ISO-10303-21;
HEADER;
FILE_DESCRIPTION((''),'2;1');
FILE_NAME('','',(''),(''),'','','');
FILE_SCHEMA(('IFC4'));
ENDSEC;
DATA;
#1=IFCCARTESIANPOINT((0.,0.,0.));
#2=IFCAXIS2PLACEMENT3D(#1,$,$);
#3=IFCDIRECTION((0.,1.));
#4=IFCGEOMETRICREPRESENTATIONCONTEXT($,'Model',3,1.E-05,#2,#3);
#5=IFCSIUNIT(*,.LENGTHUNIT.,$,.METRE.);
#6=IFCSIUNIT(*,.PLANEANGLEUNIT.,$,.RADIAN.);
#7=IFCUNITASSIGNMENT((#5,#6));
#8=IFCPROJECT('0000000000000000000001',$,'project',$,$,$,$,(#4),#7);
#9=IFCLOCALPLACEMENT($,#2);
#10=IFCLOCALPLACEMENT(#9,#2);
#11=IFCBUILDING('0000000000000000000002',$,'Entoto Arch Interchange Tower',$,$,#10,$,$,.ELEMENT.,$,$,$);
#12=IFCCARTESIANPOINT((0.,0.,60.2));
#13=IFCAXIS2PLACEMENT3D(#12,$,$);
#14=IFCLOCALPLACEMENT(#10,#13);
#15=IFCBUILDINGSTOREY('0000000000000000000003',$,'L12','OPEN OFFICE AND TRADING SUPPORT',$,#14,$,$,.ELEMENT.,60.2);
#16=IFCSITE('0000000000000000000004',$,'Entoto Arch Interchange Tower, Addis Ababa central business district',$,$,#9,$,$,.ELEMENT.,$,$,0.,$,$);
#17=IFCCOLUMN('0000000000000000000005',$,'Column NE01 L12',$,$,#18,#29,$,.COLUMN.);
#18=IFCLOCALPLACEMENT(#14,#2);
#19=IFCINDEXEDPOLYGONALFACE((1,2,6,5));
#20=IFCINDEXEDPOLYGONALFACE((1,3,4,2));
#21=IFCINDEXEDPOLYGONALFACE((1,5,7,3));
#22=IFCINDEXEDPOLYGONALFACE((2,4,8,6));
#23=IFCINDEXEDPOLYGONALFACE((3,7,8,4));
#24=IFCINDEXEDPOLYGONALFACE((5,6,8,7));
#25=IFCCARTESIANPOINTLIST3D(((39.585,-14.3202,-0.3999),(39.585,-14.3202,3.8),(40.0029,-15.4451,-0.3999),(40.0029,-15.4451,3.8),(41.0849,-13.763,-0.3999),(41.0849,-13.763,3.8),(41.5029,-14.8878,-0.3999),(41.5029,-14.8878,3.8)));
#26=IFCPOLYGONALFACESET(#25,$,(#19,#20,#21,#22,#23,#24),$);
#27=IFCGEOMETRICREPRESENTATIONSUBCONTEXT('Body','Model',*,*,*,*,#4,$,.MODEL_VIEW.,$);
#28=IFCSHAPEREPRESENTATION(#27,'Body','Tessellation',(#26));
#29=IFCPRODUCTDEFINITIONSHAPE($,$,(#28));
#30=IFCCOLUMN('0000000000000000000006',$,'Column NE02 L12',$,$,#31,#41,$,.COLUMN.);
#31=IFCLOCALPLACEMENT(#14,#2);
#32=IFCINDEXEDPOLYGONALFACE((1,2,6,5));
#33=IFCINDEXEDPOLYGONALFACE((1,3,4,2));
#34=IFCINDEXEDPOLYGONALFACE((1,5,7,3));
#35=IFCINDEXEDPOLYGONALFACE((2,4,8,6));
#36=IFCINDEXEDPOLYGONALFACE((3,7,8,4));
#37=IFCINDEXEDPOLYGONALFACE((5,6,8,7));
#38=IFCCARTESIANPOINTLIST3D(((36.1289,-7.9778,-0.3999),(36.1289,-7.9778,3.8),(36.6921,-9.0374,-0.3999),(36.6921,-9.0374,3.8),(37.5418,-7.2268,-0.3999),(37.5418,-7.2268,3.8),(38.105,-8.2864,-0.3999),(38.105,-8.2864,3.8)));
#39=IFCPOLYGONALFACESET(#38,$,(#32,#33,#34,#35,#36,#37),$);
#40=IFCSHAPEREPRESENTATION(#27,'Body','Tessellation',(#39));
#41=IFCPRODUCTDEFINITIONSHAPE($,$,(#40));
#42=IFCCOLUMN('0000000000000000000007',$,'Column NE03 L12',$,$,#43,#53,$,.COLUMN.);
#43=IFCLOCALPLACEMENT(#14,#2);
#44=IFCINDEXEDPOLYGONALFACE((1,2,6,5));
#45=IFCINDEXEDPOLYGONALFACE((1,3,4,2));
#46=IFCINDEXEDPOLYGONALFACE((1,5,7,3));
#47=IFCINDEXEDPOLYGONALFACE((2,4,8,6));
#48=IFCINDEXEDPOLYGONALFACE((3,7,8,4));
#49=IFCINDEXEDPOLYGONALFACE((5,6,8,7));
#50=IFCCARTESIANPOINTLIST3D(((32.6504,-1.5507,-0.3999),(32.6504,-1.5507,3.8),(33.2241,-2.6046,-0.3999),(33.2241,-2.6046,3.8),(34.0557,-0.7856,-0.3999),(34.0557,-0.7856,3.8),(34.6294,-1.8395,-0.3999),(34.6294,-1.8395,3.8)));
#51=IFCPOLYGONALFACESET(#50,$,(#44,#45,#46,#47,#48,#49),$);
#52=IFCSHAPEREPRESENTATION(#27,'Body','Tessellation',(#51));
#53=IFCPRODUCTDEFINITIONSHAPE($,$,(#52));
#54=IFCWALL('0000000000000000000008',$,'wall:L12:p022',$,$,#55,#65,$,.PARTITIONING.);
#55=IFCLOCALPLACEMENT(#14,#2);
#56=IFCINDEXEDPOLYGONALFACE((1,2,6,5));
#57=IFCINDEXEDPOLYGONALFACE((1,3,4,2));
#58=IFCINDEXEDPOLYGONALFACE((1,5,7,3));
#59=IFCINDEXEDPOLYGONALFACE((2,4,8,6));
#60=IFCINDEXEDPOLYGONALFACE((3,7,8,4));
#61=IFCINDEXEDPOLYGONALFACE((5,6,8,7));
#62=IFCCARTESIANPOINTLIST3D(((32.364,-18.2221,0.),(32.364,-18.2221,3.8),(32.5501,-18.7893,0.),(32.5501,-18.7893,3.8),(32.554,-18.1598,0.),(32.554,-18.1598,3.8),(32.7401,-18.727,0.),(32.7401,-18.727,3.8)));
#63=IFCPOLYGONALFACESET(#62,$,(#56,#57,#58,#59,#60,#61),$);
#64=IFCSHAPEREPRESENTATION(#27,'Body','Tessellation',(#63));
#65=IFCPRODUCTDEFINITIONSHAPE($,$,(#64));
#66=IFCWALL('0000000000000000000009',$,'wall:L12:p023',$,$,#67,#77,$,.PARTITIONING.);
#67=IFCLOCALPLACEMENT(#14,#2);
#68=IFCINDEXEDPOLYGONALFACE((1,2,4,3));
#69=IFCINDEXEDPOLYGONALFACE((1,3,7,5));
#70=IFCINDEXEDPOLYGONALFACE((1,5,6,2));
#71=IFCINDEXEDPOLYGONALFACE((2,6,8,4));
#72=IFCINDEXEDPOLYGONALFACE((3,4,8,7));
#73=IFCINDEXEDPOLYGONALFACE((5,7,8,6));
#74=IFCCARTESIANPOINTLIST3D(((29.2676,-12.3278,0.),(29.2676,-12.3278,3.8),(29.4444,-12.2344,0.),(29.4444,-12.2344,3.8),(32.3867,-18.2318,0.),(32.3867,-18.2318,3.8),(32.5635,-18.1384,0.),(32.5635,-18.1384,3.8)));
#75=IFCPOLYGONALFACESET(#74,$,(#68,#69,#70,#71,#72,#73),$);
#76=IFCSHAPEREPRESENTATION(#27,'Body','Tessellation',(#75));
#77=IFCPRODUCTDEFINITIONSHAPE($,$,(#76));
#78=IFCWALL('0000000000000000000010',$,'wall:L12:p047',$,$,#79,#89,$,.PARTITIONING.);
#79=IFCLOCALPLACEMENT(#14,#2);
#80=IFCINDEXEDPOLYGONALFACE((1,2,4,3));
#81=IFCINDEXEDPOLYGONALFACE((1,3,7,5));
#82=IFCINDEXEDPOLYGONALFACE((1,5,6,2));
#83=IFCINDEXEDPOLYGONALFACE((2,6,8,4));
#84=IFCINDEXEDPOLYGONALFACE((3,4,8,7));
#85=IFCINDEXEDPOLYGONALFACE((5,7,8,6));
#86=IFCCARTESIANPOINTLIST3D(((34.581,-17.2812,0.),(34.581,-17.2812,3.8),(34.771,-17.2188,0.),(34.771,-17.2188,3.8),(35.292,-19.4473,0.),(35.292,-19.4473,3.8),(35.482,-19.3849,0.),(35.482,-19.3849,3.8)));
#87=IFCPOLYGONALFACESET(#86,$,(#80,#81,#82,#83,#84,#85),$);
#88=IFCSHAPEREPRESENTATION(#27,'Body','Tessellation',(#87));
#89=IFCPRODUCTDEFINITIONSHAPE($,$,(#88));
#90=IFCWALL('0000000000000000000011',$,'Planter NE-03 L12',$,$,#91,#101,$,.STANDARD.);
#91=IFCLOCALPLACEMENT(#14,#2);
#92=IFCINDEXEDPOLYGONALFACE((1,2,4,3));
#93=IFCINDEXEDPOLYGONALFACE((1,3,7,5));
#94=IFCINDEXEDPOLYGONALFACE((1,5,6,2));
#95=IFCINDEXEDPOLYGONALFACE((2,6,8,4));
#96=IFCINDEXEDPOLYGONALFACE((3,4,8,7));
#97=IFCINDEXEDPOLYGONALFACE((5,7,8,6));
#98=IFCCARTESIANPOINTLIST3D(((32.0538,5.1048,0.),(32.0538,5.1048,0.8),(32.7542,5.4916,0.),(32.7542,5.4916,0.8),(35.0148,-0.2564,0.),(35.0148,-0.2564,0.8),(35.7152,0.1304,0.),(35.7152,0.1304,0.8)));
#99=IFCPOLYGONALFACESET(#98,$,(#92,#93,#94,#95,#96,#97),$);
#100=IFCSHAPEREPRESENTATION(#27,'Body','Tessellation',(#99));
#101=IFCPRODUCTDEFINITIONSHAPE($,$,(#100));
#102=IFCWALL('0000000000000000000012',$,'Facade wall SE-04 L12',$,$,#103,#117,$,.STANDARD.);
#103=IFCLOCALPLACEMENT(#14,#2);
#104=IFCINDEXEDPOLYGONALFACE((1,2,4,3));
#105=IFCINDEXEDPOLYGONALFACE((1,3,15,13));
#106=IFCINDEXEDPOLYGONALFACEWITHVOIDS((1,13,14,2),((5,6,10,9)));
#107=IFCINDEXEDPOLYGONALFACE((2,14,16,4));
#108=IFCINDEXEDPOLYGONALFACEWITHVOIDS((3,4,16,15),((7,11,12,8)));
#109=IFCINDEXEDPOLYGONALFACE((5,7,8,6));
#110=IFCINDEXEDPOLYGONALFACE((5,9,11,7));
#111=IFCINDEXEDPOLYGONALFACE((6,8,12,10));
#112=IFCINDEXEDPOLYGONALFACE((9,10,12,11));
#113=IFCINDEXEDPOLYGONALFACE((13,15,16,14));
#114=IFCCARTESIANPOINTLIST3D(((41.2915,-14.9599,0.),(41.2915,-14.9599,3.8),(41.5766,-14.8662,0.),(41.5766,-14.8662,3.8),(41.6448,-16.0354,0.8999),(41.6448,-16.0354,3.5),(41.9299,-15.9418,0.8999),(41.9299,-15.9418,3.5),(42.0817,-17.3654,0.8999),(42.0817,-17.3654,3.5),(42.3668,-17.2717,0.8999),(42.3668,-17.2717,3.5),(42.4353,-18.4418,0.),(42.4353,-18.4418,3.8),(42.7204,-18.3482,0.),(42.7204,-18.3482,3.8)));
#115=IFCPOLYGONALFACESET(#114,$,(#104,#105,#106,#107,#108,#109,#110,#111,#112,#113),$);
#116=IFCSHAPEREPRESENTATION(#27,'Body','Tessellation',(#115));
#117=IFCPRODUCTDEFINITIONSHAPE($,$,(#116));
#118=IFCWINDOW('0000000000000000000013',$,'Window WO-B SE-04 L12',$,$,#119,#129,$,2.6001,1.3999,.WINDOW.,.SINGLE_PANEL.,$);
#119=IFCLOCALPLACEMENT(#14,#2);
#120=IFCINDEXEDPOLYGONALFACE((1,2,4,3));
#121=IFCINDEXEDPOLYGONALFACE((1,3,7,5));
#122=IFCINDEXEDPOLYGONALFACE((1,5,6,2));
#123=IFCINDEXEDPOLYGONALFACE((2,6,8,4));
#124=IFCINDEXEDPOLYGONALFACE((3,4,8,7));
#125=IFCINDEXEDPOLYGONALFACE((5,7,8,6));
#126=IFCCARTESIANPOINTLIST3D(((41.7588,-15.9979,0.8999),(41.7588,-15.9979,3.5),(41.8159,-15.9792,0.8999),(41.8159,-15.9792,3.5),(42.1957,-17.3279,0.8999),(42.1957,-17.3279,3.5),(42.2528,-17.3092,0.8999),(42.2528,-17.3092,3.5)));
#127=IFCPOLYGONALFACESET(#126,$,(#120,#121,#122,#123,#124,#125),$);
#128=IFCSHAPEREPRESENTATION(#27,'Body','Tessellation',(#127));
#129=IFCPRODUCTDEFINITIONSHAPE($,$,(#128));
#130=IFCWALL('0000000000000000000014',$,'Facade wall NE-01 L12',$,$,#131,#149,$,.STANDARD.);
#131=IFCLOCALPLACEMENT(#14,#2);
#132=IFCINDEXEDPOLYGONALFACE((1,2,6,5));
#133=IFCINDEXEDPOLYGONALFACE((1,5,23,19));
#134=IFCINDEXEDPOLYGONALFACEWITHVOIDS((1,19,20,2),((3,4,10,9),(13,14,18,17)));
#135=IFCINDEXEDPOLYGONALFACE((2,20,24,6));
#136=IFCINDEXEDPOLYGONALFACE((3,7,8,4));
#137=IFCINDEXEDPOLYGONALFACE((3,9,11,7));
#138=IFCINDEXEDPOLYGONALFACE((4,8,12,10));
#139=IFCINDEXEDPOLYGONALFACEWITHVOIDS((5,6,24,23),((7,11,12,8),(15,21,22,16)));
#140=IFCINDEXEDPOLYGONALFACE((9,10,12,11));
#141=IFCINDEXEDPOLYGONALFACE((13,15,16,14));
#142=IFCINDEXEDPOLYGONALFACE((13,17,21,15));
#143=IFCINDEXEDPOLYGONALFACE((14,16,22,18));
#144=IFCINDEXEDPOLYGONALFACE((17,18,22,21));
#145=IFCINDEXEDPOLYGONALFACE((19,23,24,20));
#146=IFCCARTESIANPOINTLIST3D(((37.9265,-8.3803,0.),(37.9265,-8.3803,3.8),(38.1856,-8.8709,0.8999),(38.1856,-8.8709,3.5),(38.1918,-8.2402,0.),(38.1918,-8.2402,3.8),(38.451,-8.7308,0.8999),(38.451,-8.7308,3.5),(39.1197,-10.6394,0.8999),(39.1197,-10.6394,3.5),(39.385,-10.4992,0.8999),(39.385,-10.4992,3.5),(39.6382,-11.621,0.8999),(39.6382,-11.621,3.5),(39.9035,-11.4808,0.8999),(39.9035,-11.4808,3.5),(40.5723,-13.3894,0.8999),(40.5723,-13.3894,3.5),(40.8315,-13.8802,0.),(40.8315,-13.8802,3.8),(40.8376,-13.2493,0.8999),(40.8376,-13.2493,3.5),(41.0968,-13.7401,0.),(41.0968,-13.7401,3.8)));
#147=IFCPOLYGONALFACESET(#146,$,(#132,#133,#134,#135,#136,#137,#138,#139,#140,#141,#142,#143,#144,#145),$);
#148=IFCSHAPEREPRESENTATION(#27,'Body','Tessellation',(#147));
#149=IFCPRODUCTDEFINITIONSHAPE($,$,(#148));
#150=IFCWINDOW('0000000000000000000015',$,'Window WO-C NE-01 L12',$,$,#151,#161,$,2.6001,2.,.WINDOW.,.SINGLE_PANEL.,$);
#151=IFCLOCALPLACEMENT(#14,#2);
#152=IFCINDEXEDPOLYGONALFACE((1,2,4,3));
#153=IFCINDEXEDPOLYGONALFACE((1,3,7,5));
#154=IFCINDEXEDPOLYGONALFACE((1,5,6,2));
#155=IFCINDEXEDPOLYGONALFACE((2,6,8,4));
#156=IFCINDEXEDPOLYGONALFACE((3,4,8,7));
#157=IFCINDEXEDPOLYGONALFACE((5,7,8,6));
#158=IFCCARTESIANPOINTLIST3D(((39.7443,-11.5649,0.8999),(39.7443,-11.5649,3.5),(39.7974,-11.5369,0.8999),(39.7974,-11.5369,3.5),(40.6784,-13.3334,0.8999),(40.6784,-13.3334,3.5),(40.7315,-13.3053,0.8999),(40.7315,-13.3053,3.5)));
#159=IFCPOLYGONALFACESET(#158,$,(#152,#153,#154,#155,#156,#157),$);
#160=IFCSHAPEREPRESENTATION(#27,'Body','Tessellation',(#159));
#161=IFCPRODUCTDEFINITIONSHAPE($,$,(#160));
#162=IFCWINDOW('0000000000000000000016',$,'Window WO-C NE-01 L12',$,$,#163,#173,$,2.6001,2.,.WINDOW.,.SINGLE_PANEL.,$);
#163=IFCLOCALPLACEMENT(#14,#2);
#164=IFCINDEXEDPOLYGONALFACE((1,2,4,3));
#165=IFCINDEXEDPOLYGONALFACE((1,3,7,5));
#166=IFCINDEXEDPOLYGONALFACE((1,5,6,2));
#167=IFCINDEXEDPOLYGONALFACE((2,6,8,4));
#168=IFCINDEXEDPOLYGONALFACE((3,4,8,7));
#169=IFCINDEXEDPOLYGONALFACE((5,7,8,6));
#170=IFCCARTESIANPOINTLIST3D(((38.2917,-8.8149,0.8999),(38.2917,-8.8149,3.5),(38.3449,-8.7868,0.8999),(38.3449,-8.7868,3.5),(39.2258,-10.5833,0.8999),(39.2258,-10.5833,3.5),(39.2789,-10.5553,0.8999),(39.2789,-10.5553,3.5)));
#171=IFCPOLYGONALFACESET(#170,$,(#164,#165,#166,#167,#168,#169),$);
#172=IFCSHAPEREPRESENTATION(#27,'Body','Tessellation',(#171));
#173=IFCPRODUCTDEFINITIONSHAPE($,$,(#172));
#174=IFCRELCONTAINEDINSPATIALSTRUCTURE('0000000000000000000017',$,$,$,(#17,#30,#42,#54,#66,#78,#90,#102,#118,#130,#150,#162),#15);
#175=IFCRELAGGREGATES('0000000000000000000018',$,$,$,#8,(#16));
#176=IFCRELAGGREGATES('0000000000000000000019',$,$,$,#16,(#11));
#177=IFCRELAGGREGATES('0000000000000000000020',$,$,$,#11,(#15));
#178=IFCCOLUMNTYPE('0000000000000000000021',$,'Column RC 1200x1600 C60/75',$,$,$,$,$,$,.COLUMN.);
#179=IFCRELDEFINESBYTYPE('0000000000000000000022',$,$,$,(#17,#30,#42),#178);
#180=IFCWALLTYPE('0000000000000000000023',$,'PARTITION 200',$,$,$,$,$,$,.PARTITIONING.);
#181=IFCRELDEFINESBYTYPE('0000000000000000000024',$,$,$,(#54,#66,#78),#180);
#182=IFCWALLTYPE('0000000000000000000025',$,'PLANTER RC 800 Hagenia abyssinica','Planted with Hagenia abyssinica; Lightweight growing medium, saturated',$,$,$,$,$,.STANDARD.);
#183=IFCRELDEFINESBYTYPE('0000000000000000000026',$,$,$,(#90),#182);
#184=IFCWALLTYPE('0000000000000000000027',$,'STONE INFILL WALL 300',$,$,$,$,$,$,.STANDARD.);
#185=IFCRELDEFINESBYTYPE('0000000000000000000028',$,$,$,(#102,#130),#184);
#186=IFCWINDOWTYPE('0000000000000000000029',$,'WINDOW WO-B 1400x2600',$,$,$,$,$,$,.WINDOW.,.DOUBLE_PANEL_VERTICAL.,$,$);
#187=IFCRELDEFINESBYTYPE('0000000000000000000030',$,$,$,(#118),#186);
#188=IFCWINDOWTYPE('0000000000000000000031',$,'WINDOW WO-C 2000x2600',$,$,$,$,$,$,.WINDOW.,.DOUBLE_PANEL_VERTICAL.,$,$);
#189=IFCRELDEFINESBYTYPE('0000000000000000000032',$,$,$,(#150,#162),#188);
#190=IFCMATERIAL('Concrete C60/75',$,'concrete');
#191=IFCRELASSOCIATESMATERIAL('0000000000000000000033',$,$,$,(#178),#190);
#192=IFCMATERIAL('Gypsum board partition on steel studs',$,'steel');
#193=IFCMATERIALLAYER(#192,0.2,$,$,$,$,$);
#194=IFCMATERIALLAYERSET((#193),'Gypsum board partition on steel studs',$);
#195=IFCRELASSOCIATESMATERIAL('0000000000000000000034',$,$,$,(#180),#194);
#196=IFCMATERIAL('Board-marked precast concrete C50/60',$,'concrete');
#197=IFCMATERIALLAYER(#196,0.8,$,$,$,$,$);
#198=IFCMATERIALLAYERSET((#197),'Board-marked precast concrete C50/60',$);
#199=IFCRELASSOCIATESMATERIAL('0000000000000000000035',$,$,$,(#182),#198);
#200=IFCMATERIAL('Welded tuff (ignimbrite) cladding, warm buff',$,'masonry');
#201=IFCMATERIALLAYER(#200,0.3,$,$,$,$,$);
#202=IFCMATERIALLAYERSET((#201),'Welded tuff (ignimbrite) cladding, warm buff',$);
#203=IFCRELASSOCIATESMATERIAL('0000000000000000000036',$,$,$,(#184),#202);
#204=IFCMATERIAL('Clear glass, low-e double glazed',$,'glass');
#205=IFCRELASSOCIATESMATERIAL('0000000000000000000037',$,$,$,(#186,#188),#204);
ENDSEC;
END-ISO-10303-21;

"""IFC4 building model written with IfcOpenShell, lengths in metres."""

from ifc_helpers import new_model, si_unit, direction, frame, frame_2d, origin, origin_2d, place, context, subcontext, project, spatial, rectangle, extrude, material, layer, layer_set, material_profile, profile_set, type_object, element, fill, save


model = new_model("IFC4")

# Units and contexts
model_context = context("Model", 3, precision=1e-05, world=origin(), true_north=direction((0.0, 1.0)))
body_context = subcontext(model_context, "Body", "Model", "MODEL_VIEW")
ifc_project = project(units=[si_unit("LENGTHUNIT", "METRE"), si_unit("PLANEANGLEUNIT", "RADIAN")], contexts=[model_context])

# Site, building, storey
site_placement = place(None, origin())
site = spatial("IfcSite", under=ifc_project, at=site_placement, Name="Entoto Arch Interchange Tower, Addis Ababa central business district", CompositionType="ELEMENT", RefElevation=0.0)
building_placement = place(site_placement, origin())
building = spatial("IfcBuilding", under=site, at=building_placement, Name="Entoto Arch Interchange Tower", CompositionType="ELEMENT")
storey_placement = place(building_placement, frame((0.0, 0.0, 60.2)))
storey = spatial("IfcBuildingStorey", under=building, at=storey_placement, Name="L12", Description="OPEN OFFICE AND TRADING SUPPORT", CompositionType="ELEMENT", Elevation=60.2)

# Columns
ifc_material_1 = material(Name="Concrete C60/75", Category="concrete")
ifc_material_profile = material_profile(ifc_material_1, rectangle(XDim=1.2, YDim=1.6001, at=origin_2d()))
ifc_profile_set = profile_set([ifc_material_profile], Name="Concrete C60/75")
column_type = type_object("IfcColumnType", Name="Column RC 1200x1600 C60/75", PredefinedType="COLUMN", material=ifc_profile_set)
for number, where, z_axis, x_axis, name in (
    (1, (40.5439, -14.604, -0.3999), (0.0, 0.0, 1.0), (-0.348278, 0.937391, 0.0), "Column NE01 L12"),
    (2, (37.1169, -8.1321, -0.3999), (0.0, 0.0, 1.0), (-0.469317, 0.88303, 0.0), "Column NE02 L12"),
    (3, (33.6399, -1.6951, -0.3999), (0.0, 0.0, 1.0), (-0.47814, 0.878284, 0.0), "Column NE03 L12"),
):
    element("IfcColumn", number, at=place(storey_placement, frame(where, z_axis=z_axis, x_axis=x_axis)), inside=storey, type_object=column_type, Name=name, PredefinedType="COLUMN", context=body_context, shape_type="SweptSolid", body=[
        extrude(rectangle(XDim=1.2, YDim=1.6001, at=origin_2d()), origin(), (0.0, 0.0, 1.0), 4.2),
    ])

# Walls
ifc_material_2 = material(Name="Gypsum board partition on steel studs", Category="steel")
ifc_layer_1 = layer(ifc_material_2, 0.2)
ifc_layer_set_1 = layer_set([ifc_layer_1], Name="Gypsum board partition on steel studs")
wall_type_1 = type_object("IfcWallType", Name="PARTITION 200", PredefinedType="PARTITIONING", material=ifc_layer_set_1)
wall_1_placement = place(storey_placement, frame((32.645, -18.7581, 0.0), z_axis=(0.0, 0.0, 1.0), x_axis=(-0.311684, 0.950186, 0.0)))
element("IfcWall", 4, at=wall_1_placement, inside=storey, type_object=wall_type_1, Name="wall:L12:p022", PredefinedType="PARTITIONING", context=body_context, shape_type="SweptSolid", body=[
    extrude(rectangle(XDim=0.5969, YDim=0.2, at=frame_2d((0.2983, 0.0))), origin(), (0.0, 0.0, 1.0), 3.8),
])
wall_2_placement = place(storey_placement, frame((32.4751, -18.1851, 0.0), z_axis=(0.0, 0.0, 1.0), x_axis=(-0.467123, 0.884192, 0.0)))
element("IfcWall", 5, at=wall_2_placement, inside=storey, type_object=wall_type_1, Name="wall:L12:p023", PredefinedType="PARTITIONING", context=body_context, shape_type="SweptSolid", body=[
    extrude(rectangle(XDim=6.6772, YDim=0.2, at=frame_2d((3.3386, 0.0))), origin(), (0.0, 0.0, 1.0), 3.8),
])
wall_3_placement = place(storey_placement, frame((34.676, -17.25, 0.0), z_axis=(0.0, 0.0, 1.0), x_axis=(0.311855, -0.95013, 0.0)))
element("IfcWall", 6, at=wall_3_placement, inside=storey, type_object=wall_type_1, Name="wall:L12:p047", PredefinedType="PARTITIONING", context=body_context, shape_type="SweptSolid", body=[
    extrude(rectangle(XDim=2.2798, YDim=0.2, at=frame_2d((1.1399, 0.0))), origin(), (0.0, 0.0, 1.0), 3.8),
])
ifc_material_3 = material(Name="Board-marked precast concrete C50/60", Category="concrete")
ifc_layer_2 = layer(ifc_material_3, 0.8)
ifc_layer_set_2 = layer_set([ifc_layer_2], Name="Board-marked precast concrete C50/60")
wall_type_2 = type_object("IfcWallType", Name="PLANTER RC 800 Hagenia abyssinica", Description="Planted with Hagenia abyssinica; Lightweight growing medium, saturated", PredefinedType="STANDARD", material=ifc_layer_set_2)
wall_4_placement = place(storey_placement, frame((35.365, -0.063, 0.0), z_axis=(0.0, 0.0, 1.0), x_axis=(-0.483465, 0.875364, 0.0)))
element("IfcWall", 7, at=wall_4_placement, inside=storey, type_object=wall_type_2, Name="Planter NE-03 L12", PredefinedType="STANDARD", context=body_context, shape_type="SweptSolid", body=[
    extrude(rectangle(XDim=6.1245, YDim=0.8, at=frame_2d((3.0623, 0.0))), origin(), (0.0, 0.0, 1.0), 0.8),
])

# Wall, opening, window
ifc_material_4 = material(Name="Welded tuff (ignimbrite) cladding, warm buff", Category="masonry")
ifc_layer_3 = layer(ifc_material_4, 0.3)
ifc_layer_set_3 = layer_set([ifc_layer_3], Name="Welded tuff (ignimbrite) cladding, warm buff")
wall_type_3 = type_object("IfcWallType", Name="STONE INFILL WALL 300", PredefinedType="STANDARD", material=ifc_layer_set_3)
wall_5_placement = place(storey_placement, frame((42.5779, -18.395, 0.0), z_axis=(0.0, 0.0, 1.0), x_axis=(-0.312088, 0.950053, 0.0)))
wall_5 = element("IfcWall", 8, at=wall_5_placement, inside=storey, type_object=wall_type_3, Name="Facade wall SE-04 L12", PredefinedType="STANDARD", context=body_context, shape_type="SweptSolid", body=[
    extrude(rectangle(XDim=3.665, YDim=0.3, at=frame_2d((1.8325, 0.0))), origin(), (0.0, 0.0, 1.0), 3.8),
])
opening_1_placement = place(wall_5_placement, frame((1.1331, 0.0, 0.8999)))
opening_1 = element("IfcOpeningElement", 9, at=opening_1_placement, cuts=wall_5, PredefinedType="OPENING", context=body_context, shape_type="SweptSolid", body=[
    extrude(rectangle(XDim=1.3999, YDim=2.6001, at=frame_2d((0.7, 1.3))), frame((0.0, 0.1602, 0.0), z_axis=(0.0, -1.0, 0.0), x_axis=(1.0, 0.0, 0.0)), (0.0, 0.0, 1.0), 0.3201),
])
ifc_material_5 = material(Name="Clear glass, low-e double glazed", Category="glass")
window_type_1 = type_object("IfcWindowType", Name="WINDOW WO-B 1400x2600", PartitioningType="DOUBLE_PANEL_VERTICAL", PredefinedType="WINDOW", material=ifc_material_5)
window_1_placement = place(opening_1_placement, origin())
window_1 = element("IfcWindow", 10, at=window_1_placement, inside=storey, type_object=window_type_1, Name="Window WO-B SE-04 L12", OverallHeight=2.6001, OverallWidth=1.3999, PartitioningType="SINGLE_PANEL", PredefinedType="WINDOW", context=body_context, shape_type="SweptSolid", body=[
    extrude(rectangle(XDim=1.3999, YDim=2.6001, at=frame_2d((0.7, 1.3))), frame((0.0, 0.03, 0.0), z_axis=(0.0, -1.0, 0.0), x_axis=(1.0, 0.0, 0.0)), (0.0, 0.0, 1.0), 0.0601),
])
fill(opening_1, window_1)

# Wall, openings, windows
wall_6_placement = place(storey_placement, frame((40.9641, -13.8101, 0.0), z_axis=(0.0, 0.0, 1.0), x_axis=(-0.467042, 0.884235, 0.0)))
wall_6 = element("IfcWall", 11, at=wall_6_placement, inside=storey, type_object=wall_type_3, Name="Facade wall NE-01 L12", PredefinedType="STANDARD", context=body_context, shape_type="SweptSolid", body=[
    extrude(rectangle(XDim=6.22, YDim=0.3, at=frame_2d((3.1099, 0.0))), origin(), (0.0, 0.0, 1.0), 3.8),
])
opening_2_placement = place(wall_6_placement, frame((0.5549, 0.0, 0.8999)))
opening_2 = element("IfcOpeningElement", 12, at=opening_2_placement, cuts=wall_6, PredefinedType="OPENING", context=body_context, shape_type="SweptSolid", body=[
    extrude(rectangle(XDim=2.0, YDim=2.6001, at=frame_2d((1.0, 1.3))), frame((0.0, 0.1602, 0.0), z_axis=(0.0, -1.0, 0.0), x_axis=(1.0, 0.0, 0.0)), (0.0, 0.0, 1.0), 0.3201),
])
opening_3_placement = place(wall_6_placement, frame((3.665, 0.0, 0.8999)))
opening_3 = element("IfcOpeningElement", 13, at=opening_3_placement, cuts=wall_6, PredefinedType="OPENING", context=body_context, shape_type="SweptSolid", body=[
    extrude(rectangle(XDim=2.0, YDim=2.6001, at=frame_2d((1.0, 1.3))), frame((0.0, 0.1602, 0.0), z_axis=(0.0, -1.0, 0.0), x_axis=(1.0, 0.0, 0.0)), (0.0, 0.0, 1.0), 0.3201),
])
window_type_2 = type_object("IfcWindowType", Name="WINDOW WO-C 2000x2600", PartitioningType="DOUBLE_PANEL_VERTICAL", PredefinedType="WINDOW", material=ifc_material_5)
window_2_placement = place(opening_2_placement, origin())
window_2 = element("IfcWindow", 14, at=window_2_placement, inside=storey, type_object=window_type_2, Name="Window WO-C NE-01 L12", OverallHeight=2.6001, OverallWidth=2.0, PartitioningType="SINGLE_PANEL", PredefinedType="WINDOW", context=body_context, shape_type="SweptSolid", body=[
    extrude(rectangle(XDim=2.0, YDim=2.6001, at=frame_2d((1.0, 1.3))), frame((0.0, 0.03, 0.0), z_axis=(0.0, -1.0, 0.0), x_axis=(1.0, 0.0, 0.0)), (0.0, 0.0, 1.0), 0.0601),
])
fill(opening_2, window_2)
window_3_placement = place(opening_3_placement, origin())
window_3 = element("IfcWindow", 15, at=window_3_placement, inside=storey, type_object=window_type_2, Name="Window WO-C NE-01 L12", OverallHeight=2.6001, OverallWidth=2.0, PartitioningType="SINGLE_PANEL", PredefinedType="WINDOW", context=body_context, shape_type="SweptSolid", body=[
    extrude(rectangle(XDim=2.0, YDim=2.6001, at=frame_2d((1.0, 1.3))), frame((0.0, 0.03, 0.0), z_axis=(0.0, -1.0, 0.0), x_axis=(1.0, 0.0, 0.0)), (0.0, 0.0, 1.0), 0.0601),
])
fill(opening_3, window_3)

save(model, "model.ifc")
